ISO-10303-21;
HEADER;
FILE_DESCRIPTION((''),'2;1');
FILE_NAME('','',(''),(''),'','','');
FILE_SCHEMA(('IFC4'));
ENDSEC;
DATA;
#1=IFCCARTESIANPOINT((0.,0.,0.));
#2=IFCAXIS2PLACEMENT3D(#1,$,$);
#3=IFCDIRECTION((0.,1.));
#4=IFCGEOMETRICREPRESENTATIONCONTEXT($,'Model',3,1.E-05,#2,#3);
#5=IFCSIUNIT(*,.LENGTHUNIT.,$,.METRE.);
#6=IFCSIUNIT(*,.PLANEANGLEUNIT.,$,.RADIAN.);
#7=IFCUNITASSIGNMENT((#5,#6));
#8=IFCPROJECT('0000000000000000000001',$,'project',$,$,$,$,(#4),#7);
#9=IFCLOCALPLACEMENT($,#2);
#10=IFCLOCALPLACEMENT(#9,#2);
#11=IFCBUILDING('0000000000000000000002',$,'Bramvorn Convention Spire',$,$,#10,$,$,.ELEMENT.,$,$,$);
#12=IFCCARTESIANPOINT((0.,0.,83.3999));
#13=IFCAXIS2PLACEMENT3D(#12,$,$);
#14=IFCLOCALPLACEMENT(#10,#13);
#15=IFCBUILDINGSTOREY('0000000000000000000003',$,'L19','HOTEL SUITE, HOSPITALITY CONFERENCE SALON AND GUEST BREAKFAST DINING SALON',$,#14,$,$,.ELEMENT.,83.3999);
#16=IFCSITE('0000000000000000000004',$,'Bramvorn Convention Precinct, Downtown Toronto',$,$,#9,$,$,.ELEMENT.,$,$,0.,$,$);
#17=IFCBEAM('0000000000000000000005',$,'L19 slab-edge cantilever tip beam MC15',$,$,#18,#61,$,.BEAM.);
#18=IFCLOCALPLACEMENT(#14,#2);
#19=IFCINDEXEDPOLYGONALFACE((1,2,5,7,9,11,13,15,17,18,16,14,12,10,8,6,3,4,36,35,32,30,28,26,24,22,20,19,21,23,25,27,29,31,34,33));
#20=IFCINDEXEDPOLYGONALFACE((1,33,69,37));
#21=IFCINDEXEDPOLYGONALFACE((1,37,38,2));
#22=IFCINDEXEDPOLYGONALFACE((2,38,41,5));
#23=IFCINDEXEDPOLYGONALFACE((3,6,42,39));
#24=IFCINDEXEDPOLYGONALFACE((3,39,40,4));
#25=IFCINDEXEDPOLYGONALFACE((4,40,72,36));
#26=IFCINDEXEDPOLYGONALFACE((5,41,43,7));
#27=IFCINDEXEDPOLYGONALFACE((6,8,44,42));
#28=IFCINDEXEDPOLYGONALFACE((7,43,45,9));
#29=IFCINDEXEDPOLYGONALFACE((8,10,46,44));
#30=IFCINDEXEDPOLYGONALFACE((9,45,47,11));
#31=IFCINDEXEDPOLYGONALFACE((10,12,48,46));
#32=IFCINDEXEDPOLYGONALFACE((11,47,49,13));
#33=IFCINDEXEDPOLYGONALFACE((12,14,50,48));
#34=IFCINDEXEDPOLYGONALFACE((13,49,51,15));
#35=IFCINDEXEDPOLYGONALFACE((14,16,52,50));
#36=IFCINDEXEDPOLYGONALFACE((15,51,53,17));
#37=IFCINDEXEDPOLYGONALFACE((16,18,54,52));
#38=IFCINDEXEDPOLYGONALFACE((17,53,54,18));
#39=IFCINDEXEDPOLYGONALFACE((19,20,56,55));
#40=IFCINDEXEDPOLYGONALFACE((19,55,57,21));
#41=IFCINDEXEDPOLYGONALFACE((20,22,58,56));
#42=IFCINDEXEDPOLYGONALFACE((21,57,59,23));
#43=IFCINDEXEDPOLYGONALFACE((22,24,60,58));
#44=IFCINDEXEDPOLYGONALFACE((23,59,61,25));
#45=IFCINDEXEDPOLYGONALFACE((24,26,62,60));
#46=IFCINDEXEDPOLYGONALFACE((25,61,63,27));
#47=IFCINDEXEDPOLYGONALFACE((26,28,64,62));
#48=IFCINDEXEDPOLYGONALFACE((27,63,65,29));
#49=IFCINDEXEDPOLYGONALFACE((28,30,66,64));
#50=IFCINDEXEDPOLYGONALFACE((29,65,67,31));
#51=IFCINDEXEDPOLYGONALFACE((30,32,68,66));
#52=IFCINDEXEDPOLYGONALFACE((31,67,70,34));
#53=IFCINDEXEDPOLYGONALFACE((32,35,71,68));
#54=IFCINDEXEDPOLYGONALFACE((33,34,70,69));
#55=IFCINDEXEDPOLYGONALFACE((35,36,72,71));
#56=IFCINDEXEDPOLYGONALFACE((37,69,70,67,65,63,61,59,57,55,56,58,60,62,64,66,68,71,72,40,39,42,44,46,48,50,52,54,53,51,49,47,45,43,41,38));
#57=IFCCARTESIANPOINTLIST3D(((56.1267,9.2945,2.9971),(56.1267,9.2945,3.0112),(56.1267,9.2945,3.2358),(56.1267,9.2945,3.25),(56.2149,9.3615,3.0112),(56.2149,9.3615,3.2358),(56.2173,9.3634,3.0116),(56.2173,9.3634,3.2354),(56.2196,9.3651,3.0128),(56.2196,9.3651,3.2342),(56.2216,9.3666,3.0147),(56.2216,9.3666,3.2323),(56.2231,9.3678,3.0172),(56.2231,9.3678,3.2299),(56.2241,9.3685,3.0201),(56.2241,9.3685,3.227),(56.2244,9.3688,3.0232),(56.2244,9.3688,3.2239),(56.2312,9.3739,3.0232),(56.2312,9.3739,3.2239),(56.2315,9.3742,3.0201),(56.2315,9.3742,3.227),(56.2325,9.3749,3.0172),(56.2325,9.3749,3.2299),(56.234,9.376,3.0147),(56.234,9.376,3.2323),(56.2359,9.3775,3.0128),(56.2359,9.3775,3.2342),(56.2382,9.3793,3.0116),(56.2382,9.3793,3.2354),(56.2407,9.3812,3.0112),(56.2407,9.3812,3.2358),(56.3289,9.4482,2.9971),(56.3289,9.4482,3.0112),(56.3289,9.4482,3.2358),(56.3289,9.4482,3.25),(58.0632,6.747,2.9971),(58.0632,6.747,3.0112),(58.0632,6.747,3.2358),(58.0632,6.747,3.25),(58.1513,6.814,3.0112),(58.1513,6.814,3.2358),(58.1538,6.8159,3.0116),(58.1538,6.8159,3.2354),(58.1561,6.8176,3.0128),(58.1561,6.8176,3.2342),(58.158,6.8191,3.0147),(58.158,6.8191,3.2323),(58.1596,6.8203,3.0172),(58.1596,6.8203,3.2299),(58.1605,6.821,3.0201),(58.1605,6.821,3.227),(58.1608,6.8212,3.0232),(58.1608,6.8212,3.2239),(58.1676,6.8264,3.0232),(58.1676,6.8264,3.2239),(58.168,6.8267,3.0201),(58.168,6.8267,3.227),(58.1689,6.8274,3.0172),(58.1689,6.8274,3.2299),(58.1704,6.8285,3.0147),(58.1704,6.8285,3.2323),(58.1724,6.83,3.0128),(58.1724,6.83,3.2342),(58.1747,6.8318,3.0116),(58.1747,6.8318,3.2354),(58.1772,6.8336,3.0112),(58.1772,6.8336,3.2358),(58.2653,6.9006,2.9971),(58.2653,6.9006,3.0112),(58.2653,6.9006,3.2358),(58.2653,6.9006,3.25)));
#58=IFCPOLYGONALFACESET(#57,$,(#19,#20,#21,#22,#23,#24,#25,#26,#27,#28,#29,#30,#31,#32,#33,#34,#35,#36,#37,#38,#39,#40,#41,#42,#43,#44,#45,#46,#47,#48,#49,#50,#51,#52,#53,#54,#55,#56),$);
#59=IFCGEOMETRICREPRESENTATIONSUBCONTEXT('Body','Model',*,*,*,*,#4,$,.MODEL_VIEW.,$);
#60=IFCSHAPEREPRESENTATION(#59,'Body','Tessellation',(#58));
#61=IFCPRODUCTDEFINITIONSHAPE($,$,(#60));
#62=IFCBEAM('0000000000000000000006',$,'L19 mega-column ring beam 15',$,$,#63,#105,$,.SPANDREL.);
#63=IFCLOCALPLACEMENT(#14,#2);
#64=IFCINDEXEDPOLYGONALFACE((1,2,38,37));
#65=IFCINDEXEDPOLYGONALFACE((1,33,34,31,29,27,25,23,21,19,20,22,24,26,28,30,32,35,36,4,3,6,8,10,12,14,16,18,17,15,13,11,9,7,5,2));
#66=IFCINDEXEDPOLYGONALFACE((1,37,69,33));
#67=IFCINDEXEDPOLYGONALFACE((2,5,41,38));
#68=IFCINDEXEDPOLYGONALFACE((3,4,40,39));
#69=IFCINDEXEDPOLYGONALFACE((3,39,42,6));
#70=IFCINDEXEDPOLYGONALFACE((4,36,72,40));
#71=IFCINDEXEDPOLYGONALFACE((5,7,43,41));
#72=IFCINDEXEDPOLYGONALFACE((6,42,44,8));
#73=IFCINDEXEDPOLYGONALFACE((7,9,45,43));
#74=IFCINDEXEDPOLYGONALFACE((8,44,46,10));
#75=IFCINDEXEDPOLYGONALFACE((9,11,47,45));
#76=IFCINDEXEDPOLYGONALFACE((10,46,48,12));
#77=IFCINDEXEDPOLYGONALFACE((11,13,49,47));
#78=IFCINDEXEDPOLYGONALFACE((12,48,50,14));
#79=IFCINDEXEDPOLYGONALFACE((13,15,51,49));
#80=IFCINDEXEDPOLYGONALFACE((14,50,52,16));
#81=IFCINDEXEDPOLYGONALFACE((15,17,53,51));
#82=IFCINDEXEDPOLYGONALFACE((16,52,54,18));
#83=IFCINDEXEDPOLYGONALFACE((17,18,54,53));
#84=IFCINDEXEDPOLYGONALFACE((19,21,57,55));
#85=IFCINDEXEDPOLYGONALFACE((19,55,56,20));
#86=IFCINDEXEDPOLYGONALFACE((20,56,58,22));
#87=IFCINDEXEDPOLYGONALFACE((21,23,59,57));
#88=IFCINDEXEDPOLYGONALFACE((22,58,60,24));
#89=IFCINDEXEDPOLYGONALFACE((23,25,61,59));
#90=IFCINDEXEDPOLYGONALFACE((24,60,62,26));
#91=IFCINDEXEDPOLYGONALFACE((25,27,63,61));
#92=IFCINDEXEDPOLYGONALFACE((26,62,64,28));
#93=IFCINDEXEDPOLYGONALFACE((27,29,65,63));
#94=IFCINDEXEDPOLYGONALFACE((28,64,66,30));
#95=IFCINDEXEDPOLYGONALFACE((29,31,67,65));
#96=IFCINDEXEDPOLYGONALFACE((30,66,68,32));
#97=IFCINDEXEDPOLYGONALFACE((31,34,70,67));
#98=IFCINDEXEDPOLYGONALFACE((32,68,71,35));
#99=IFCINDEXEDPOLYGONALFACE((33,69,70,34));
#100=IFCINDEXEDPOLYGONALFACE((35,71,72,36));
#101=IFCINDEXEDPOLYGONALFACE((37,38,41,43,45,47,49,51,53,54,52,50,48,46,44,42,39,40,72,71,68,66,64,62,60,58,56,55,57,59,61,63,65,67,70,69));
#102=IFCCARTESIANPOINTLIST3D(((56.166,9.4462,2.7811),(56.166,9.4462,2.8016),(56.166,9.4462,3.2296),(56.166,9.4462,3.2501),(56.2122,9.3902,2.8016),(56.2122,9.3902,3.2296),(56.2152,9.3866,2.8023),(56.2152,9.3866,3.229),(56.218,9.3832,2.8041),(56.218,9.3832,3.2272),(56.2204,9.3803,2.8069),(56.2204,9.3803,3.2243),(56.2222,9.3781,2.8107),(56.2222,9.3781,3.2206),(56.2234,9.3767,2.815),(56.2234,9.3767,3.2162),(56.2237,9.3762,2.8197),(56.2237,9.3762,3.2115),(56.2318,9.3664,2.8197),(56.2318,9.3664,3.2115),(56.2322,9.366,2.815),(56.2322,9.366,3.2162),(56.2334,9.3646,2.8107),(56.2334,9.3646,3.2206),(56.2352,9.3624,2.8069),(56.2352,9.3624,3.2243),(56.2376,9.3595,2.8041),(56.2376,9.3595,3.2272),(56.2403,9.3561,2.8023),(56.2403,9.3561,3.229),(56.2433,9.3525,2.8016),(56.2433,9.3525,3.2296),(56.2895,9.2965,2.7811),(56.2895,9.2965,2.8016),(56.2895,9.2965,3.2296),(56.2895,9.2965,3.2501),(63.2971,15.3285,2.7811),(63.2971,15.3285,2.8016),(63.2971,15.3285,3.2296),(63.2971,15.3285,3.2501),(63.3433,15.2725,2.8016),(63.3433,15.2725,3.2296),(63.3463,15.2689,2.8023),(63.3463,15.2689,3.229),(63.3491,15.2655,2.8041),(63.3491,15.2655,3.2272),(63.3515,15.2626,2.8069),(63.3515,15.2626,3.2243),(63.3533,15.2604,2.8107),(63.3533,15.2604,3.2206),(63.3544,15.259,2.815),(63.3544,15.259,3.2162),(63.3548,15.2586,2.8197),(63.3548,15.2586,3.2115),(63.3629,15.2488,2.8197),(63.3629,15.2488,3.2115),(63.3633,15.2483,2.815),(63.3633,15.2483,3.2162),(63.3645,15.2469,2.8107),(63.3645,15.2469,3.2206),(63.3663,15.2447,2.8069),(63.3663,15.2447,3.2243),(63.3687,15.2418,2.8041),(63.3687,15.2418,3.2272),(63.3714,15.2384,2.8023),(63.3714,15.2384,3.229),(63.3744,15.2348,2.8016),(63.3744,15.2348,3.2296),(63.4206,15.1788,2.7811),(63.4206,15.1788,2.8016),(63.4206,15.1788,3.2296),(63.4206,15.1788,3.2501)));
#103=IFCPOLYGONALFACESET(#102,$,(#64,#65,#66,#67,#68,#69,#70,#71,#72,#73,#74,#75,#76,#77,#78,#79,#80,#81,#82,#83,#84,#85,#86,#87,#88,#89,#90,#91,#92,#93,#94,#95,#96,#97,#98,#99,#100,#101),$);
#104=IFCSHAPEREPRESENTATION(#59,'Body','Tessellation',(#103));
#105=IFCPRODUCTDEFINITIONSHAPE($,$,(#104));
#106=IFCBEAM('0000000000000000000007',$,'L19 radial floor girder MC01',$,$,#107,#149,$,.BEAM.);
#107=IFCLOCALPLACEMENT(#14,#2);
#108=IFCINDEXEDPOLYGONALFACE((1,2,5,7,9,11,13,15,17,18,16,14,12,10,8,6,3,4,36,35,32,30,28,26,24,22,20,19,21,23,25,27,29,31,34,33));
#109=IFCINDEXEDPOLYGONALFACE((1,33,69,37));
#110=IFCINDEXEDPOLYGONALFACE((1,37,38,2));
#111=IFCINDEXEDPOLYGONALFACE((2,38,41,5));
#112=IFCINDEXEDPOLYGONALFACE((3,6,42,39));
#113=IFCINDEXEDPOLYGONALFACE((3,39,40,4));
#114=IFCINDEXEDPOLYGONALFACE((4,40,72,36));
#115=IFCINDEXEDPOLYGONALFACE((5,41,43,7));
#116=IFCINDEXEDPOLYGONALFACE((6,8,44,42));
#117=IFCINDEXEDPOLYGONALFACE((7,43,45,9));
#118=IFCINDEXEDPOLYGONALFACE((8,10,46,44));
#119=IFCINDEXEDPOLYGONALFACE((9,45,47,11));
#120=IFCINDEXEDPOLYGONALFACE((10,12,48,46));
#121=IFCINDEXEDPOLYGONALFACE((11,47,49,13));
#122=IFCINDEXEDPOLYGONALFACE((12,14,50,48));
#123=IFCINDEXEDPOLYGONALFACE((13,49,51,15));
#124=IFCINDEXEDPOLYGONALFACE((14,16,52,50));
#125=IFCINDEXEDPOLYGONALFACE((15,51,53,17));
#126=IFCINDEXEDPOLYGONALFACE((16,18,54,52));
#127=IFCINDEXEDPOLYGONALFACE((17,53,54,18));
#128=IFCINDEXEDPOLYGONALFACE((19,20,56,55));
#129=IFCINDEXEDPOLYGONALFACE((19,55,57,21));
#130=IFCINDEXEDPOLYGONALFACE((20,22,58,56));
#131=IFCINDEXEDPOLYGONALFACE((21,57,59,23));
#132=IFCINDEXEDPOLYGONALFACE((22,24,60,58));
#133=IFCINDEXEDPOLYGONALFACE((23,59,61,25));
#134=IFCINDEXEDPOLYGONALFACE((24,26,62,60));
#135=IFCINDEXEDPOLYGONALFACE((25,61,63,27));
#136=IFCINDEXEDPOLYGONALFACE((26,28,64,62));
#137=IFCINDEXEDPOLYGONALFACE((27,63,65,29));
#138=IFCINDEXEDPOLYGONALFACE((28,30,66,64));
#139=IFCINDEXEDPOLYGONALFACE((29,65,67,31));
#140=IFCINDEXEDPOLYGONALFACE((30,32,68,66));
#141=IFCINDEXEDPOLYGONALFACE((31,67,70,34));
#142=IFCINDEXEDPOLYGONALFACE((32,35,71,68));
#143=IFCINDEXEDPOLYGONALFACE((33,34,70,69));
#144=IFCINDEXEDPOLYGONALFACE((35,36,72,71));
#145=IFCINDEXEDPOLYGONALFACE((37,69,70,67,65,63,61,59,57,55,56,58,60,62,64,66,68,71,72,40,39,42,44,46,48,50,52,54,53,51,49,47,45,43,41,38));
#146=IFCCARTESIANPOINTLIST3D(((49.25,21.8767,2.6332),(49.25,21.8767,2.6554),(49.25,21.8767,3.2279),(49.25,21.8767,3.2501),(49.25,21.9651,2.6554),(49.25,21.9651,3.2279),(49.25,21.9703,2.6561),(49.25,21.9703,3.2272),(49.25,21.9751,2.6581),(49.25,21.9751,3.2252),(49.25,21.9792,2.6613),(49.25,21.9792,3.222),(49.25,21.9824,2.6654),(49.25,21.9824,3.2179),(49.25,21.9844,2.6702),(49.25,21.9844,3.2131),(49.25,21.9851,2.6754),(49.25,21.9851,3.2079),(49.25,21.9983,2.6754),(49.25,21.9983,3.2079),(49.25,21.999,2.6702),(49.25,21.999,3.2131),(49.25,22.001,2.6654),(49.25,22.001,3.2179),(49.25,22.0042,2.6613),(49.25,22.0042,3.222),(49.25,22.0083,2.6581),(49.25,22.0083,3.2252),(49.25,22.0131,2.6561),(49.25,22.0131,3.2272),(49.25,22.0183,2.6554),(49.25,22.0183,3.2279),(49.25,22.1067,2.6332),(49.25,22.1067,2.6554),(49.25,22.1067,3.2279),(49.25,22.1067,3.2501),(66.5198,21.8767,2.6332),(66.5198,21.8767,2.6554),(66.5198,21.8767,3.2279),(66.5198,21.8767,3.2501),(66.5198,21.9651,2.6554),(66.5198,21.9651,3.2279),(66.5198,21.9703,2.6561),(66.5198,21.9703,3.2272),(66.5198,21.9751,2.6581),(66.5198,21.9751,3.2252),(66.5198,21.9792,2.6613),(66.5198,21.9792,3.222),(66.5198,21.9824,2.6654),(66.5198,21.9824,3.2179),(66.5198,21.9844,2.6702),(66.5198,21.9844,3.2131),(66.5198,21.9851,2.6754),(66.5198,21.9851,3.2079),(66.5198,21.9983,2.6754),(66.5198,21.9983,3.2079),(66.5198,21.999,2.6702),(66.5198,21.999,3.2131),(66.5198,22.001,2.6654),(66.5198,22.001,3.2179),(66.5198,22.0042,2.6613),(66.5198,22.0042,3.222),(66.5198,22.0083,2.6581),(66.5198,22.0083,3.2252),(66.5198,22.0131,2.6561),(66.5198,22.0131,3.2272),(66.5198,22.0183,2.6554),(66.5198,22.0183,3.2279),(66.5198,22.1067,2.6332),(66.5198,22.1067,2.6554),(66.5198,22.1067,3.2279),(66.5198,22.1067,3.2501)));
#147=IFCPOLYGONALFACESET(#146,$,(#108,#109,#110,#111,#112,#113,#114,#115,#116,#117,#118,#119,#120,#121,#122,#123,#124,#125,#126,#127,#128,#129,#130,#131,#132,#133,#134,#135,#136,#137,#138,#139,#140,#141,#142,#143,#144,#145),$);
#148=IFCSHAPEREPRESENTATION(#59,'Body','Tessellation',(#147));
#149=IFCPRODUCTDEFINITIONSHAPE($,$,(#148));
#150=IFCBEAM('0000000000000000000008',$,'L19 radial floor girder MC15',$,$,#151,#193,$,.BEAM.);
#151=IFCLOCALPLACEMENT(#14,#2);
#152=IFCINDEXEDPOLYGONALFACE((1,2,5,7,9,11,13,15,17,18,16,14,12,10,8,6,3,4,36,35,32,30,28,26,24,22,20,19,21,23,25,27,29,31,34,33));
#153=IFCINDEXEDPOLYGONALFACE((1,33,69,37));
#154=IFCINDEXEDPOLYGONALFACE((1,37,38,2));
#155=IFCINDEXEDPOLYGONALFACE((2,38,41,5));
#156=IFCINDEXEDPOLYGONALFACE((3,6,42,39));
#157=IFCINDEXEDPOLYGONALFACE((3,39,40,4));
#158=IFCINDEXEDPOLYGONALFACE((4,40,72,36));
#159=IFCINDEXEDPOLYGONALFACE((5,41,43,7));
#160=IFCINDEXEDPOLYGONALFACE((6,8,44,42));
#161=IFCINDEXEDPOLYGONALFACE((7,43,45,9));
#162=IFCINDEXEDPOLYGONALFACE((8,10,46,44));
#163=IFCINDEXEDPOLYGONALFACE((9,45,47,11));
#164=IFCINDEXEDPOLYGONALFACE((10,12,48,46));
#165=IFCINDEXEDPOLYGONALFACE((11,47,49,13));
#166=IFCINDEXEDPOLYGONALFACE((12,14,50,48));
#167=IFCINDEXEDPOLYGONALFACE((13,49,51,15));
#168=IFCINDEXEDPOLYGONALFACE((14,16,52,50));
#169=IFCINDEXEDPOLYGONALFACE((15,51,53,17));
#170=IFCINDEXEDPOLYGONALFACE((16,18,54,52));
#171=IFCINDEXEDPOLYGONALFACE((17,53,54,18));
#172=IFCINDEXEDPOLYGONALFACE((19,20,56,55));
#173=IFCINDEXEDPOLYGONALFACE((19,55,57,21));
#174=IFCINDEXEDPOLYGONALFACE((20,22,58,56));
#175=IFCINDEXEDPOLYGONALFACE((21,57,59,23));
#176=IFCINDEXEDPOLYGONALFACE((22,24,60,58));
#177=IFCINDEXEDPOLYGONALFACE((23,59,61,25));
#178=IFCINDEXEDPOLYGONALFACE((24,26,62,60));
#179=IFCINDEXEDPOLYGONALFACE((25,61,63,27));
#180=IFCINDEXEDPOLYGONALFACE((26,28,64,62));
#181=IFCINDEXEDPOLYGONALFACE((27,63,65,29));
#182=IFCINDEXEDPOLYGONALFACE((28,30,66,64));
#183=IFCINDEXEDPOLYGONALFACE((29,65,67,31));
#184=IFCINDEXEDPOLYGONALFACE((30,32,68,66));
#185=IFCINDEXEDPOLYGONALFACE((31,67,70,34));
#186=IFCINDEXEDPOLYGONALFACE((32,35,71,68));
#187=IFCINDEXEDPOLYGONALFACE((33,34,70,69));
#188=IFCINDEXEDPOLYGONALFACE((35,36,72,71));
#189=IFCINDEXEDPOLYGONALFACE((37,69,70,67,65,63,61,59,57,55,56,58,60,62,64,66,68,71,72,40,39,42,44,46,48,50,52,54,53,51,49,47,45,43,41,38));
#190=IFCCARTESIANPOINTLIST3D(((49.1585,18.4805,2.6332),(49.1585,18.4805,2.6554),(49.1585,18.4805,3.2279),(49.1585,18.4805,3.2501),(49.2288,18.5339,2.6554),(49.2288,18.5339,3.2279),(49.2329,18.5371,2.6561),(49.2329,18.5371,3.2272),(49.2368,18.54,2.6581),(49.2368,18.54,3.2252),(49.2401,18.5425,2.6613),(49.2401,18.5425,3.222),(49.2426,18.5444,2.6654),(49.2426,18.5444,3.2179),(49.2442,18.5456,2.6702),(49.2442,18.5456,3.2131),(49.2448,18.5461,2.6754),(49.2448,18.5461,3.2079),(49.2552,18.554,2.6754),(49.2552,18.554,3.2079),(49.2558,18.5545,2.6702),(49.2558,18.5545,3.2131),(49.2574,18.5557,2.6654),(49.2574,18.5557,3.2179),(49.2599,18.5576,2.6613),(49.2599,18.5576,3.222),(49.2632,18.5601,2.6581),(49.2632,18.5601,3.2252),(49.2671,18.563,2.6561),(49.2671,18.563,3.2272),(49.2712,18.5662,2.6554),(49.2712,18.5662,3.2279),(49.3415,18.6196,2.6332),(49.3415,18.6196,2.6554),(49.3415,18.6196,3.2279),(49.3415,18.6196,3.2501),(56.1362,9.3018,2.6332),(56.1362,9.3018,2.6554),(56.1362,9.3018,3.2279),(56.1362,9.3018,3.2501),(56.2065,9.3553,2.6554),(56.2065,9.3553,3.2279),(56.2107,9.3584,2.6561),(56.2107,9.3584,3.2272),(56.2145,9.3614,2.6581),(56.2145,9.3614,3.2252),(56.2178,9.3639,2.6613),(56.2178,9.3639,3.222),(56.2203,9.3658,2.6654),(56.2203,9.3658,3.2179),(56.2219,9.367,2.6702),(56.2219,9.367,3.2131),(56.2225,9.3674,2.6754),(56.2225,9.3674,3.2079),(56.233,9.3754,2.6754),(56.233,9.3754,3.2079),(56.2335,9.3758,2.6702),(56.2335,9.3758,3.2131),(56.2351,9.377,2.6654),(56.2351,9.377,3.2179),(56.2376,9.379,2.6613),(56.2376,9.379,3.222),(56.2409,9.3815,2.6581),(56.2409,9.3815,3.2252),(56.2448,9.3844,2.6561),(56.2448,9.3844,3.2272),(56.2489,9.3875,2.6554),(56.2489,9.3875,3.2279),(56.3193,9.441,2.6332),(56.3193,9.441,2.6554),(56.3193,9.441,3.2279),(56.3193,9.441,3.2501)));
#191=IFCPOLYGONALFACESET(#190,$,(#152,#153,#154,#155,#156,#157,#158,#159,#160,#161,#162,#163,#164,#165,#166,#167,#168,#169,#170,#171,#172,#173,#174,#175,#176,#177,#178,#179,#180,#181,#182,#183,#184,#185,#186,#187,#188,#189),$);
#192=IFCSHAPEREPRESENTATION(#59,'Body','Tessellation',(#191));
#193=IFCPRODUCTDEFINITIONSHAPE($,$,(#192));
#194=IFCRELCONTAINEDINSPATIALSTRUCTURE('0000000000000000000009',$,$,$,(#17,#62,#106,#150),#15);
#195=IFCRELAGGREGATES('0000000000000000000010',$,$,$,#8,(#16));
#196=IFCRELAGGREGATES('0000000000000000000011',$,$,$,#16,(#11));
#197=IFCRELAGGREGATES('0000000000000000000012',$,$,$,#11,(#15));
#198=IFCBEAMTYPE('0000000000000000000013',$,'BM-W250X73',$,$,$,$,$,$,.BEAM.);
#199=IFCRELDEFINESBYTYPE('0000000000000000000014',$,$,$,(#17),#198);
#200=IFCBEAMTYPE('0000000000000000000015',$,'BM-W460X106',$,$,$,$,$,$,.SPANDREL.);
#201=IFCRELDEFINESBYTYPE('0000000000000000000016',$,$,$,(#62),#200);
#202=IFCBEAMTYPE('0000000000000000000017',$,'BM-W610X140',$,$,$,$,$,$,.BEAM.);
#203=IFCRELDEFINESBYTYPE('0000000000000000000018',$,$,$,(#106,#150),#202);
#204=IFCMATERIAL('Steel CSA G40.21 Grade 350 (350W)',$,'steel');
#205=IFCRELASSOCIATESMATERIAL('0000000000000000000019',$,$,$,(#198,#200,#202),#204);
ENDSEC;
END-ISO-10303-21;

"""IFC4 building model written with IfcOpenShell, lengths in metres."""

from ifc_helpers import new_model, si_unit, direction, frame, origin, origin_2d, place, context, subcontext, project, spatial, i_section, extrude, material, material_profile, profile_set, type_object, element, save


model = new_model("IFC4")

# Units and contexts
model_context = context("Model", 3, precision=1e-05, world=origin(), true_north=direction((0.0, 1.0)))
body_context = subcontext(model_context, "Body", "Model", "MODEL_VIEW")
ifc_project = project(units=[si_unit("LENGTHUNIT", "METRE"), si_unit("PLANEANGLEUNIT", "RADIAN")], contexts=[model_context])

# Site, building, storey
site_placement = place(None, origin())
site = spatial("IfcSite", under=ifc_project, at=site_placement, Name="Bramvorn Convention Precinct, Downtown Toronto", CompositionType="ELEMENT", RefElevation=0.0)
building_placement = place(site_placement, origin())
building = spatial("IfcBuilding", under=site, at=building_placement, Name="Bramvorn Convention Spire", CompositionType="ELEMENT")
storey_placement = place(building_placement, frame((0.0, 0.0, 83.3999)))
storey = spatial("IfcBuildingStorey", under=building, at=storey_placement, Name="L19", Description="HOTEL SUITE, HOSPITALITY CONFERENCE SALON AND GUEST BREAKFAST DINING SALON", CompositionType="ELEMENT", Elevation=83.3999)

# Shared definitions
ifc_material_1 = material(Name="Steel CSA G40.21 Grade 350 (350W)", Category="steel")

# Beams
ifc_material_profile_1 = material_profile(ifc_material_1, i_section(OverallWidth=0.2539, OverallDepth=0.2529, WebThickness=0.0085, FlangeThickness=0.0142, FilletRadius=0.012, at=origin_2d()))
ifc_profile_set_1 = profile_set([ifc_material_profile_1], Name="Steel CSA G40.21 Grade 350 (350W) - W250X73")
beam_type_1 = type_object("IfcBeamType", Name="BM-W250X73", PredefinedType="BEAM", material=ifc_profile_set_1)
beam_1_placement = place(storey_placement, frame((56.2278, 9.3713, 3.1235), z_axis=(0.605151, -0.796111, 0.0), x_axis=(0.796111, 0.605151, 0.0)))
element("IfcBeam", 1, at=beam_1_placement, inside=storey, type_object=beam_type_1, Name="L19 slab-edge cantilever tip beam MC15", PredefinedType="BEAM", context=body_context, shape_type="SweptSolid", body=[
    extrude(i_section(OverallWidth=0.2539, OverallDepth=0.2529, WebThickness=0.0085, FlangeThickness=0.0142, FilletRadius=0.012, at=origin_2d()), origin(), (0.0, 0.0, 1.0), 3.2),
])
ifc_material_profile_2 = material_profile(ifc_material_1, i_section(OverallWidth=0.1941, OverallDepth=0.469, WebThickness=0.0127, FlangeThickness=0.0205, FilletRadius=0.0181, at=origin_2d()))
ifc_profile_set_2 = profile_set([ifc_material_profile_2], Name="Steel CSA G40.21 Grade 350 (350W) - W460X106")
beam_type_2 = type_object("IfcBeamType", Name="BM-W460X106", PredefinedType="SPANDREL", material=ifc_profile_set_2)
beam_2_placement = place(storey_placement, frame((56.2278, 9.3713, 3.0156), z_axis=(0.771418, 0.636329, 0.0), x_axis=(-0.636329, 0.771418, 0.0)))
element("IfcBeam", 2, at=beam_2_placement, inside=storey, type_object=beam_type_2, Name="L19 mega-column ring beam 15", PredefinedType="SPANDREL", context=body_context, shape_type="SweptSolid", body=[
    extrude(i_section(OverallWidth=0.1941, OverallDepth=0.469, WebThickness=0.0127, FlangeThickness=0.0205, FilletRadius=0.0181, at=origin_2d()), origin(), (0.0, 0.0, 1.0), 9.2441),
])
ifc_material_profile_3 = material_profile(ifc_material_1, i_section(OverallWidth=0.23, OverallDepth=0.6169, WebThickness=0.0132, FlangeThickness=0.0222, FilletRadius=0.02, at=origin_2d()))
ifc_profile_set_3 = profile_set([ifc_material_profile_3], Name="Steel CSA G40.21 Grade 350 (350W) - W610X140")
beam_type_3 = type_object("IfcBeamType", Name="BM-W610X140", PredefinedType="BEAM", material=ifc_profile_set_3)
beam_3_placement = place(storey_placement, frame((49.25, 21.9917, 2.9417), z_axis=(1.0, 0.0, 0.0), x_axis=(0.0, 1.0, 0.0)))
element("IfcBeam", 3, at=beam_3_placement, inside=storey, type_object=beam_type_3, Name="L19 radial floor girder MC01", PredefinedType="BEAM", context=body_context, shape_type="SweptSolid", body=[
    extrude(i_section(OverallWidth=0.23, OverallDepth=0.6169, WebThickness=0.0132, FlangeThickness=0.0222, FilletRadius=0.02, at=origin_2d()), origin(), (0.0, 0.0, 1.0), 17.2698),
])
beam_4_placement = place(storey_placement, frame((49.25, 18.55, 2.9417), z_axis=(0.605191, -0.79608, 0.0), x_axis=(0.79608, 0.605191, 0.0)))
element("IfcBeam", 4, at=beam_4_placement, inside=storey, type_object=beam_type_3, Name="L19 radial floor girder MC15", PredefinedType="BEAM", context=body_context, shape_type="SweptSolid", body=[
    extrude(i_section(OverallWidth=0.23, OverallDepth=0.6169, WebThickness=0.0132, FlangeThickness=0.0222, FilletRadius=0.02, at=origin_2d()), origin(), (0.0, 0.0, 1.0), 11.5298),
])

save(model, "model.ifc")
